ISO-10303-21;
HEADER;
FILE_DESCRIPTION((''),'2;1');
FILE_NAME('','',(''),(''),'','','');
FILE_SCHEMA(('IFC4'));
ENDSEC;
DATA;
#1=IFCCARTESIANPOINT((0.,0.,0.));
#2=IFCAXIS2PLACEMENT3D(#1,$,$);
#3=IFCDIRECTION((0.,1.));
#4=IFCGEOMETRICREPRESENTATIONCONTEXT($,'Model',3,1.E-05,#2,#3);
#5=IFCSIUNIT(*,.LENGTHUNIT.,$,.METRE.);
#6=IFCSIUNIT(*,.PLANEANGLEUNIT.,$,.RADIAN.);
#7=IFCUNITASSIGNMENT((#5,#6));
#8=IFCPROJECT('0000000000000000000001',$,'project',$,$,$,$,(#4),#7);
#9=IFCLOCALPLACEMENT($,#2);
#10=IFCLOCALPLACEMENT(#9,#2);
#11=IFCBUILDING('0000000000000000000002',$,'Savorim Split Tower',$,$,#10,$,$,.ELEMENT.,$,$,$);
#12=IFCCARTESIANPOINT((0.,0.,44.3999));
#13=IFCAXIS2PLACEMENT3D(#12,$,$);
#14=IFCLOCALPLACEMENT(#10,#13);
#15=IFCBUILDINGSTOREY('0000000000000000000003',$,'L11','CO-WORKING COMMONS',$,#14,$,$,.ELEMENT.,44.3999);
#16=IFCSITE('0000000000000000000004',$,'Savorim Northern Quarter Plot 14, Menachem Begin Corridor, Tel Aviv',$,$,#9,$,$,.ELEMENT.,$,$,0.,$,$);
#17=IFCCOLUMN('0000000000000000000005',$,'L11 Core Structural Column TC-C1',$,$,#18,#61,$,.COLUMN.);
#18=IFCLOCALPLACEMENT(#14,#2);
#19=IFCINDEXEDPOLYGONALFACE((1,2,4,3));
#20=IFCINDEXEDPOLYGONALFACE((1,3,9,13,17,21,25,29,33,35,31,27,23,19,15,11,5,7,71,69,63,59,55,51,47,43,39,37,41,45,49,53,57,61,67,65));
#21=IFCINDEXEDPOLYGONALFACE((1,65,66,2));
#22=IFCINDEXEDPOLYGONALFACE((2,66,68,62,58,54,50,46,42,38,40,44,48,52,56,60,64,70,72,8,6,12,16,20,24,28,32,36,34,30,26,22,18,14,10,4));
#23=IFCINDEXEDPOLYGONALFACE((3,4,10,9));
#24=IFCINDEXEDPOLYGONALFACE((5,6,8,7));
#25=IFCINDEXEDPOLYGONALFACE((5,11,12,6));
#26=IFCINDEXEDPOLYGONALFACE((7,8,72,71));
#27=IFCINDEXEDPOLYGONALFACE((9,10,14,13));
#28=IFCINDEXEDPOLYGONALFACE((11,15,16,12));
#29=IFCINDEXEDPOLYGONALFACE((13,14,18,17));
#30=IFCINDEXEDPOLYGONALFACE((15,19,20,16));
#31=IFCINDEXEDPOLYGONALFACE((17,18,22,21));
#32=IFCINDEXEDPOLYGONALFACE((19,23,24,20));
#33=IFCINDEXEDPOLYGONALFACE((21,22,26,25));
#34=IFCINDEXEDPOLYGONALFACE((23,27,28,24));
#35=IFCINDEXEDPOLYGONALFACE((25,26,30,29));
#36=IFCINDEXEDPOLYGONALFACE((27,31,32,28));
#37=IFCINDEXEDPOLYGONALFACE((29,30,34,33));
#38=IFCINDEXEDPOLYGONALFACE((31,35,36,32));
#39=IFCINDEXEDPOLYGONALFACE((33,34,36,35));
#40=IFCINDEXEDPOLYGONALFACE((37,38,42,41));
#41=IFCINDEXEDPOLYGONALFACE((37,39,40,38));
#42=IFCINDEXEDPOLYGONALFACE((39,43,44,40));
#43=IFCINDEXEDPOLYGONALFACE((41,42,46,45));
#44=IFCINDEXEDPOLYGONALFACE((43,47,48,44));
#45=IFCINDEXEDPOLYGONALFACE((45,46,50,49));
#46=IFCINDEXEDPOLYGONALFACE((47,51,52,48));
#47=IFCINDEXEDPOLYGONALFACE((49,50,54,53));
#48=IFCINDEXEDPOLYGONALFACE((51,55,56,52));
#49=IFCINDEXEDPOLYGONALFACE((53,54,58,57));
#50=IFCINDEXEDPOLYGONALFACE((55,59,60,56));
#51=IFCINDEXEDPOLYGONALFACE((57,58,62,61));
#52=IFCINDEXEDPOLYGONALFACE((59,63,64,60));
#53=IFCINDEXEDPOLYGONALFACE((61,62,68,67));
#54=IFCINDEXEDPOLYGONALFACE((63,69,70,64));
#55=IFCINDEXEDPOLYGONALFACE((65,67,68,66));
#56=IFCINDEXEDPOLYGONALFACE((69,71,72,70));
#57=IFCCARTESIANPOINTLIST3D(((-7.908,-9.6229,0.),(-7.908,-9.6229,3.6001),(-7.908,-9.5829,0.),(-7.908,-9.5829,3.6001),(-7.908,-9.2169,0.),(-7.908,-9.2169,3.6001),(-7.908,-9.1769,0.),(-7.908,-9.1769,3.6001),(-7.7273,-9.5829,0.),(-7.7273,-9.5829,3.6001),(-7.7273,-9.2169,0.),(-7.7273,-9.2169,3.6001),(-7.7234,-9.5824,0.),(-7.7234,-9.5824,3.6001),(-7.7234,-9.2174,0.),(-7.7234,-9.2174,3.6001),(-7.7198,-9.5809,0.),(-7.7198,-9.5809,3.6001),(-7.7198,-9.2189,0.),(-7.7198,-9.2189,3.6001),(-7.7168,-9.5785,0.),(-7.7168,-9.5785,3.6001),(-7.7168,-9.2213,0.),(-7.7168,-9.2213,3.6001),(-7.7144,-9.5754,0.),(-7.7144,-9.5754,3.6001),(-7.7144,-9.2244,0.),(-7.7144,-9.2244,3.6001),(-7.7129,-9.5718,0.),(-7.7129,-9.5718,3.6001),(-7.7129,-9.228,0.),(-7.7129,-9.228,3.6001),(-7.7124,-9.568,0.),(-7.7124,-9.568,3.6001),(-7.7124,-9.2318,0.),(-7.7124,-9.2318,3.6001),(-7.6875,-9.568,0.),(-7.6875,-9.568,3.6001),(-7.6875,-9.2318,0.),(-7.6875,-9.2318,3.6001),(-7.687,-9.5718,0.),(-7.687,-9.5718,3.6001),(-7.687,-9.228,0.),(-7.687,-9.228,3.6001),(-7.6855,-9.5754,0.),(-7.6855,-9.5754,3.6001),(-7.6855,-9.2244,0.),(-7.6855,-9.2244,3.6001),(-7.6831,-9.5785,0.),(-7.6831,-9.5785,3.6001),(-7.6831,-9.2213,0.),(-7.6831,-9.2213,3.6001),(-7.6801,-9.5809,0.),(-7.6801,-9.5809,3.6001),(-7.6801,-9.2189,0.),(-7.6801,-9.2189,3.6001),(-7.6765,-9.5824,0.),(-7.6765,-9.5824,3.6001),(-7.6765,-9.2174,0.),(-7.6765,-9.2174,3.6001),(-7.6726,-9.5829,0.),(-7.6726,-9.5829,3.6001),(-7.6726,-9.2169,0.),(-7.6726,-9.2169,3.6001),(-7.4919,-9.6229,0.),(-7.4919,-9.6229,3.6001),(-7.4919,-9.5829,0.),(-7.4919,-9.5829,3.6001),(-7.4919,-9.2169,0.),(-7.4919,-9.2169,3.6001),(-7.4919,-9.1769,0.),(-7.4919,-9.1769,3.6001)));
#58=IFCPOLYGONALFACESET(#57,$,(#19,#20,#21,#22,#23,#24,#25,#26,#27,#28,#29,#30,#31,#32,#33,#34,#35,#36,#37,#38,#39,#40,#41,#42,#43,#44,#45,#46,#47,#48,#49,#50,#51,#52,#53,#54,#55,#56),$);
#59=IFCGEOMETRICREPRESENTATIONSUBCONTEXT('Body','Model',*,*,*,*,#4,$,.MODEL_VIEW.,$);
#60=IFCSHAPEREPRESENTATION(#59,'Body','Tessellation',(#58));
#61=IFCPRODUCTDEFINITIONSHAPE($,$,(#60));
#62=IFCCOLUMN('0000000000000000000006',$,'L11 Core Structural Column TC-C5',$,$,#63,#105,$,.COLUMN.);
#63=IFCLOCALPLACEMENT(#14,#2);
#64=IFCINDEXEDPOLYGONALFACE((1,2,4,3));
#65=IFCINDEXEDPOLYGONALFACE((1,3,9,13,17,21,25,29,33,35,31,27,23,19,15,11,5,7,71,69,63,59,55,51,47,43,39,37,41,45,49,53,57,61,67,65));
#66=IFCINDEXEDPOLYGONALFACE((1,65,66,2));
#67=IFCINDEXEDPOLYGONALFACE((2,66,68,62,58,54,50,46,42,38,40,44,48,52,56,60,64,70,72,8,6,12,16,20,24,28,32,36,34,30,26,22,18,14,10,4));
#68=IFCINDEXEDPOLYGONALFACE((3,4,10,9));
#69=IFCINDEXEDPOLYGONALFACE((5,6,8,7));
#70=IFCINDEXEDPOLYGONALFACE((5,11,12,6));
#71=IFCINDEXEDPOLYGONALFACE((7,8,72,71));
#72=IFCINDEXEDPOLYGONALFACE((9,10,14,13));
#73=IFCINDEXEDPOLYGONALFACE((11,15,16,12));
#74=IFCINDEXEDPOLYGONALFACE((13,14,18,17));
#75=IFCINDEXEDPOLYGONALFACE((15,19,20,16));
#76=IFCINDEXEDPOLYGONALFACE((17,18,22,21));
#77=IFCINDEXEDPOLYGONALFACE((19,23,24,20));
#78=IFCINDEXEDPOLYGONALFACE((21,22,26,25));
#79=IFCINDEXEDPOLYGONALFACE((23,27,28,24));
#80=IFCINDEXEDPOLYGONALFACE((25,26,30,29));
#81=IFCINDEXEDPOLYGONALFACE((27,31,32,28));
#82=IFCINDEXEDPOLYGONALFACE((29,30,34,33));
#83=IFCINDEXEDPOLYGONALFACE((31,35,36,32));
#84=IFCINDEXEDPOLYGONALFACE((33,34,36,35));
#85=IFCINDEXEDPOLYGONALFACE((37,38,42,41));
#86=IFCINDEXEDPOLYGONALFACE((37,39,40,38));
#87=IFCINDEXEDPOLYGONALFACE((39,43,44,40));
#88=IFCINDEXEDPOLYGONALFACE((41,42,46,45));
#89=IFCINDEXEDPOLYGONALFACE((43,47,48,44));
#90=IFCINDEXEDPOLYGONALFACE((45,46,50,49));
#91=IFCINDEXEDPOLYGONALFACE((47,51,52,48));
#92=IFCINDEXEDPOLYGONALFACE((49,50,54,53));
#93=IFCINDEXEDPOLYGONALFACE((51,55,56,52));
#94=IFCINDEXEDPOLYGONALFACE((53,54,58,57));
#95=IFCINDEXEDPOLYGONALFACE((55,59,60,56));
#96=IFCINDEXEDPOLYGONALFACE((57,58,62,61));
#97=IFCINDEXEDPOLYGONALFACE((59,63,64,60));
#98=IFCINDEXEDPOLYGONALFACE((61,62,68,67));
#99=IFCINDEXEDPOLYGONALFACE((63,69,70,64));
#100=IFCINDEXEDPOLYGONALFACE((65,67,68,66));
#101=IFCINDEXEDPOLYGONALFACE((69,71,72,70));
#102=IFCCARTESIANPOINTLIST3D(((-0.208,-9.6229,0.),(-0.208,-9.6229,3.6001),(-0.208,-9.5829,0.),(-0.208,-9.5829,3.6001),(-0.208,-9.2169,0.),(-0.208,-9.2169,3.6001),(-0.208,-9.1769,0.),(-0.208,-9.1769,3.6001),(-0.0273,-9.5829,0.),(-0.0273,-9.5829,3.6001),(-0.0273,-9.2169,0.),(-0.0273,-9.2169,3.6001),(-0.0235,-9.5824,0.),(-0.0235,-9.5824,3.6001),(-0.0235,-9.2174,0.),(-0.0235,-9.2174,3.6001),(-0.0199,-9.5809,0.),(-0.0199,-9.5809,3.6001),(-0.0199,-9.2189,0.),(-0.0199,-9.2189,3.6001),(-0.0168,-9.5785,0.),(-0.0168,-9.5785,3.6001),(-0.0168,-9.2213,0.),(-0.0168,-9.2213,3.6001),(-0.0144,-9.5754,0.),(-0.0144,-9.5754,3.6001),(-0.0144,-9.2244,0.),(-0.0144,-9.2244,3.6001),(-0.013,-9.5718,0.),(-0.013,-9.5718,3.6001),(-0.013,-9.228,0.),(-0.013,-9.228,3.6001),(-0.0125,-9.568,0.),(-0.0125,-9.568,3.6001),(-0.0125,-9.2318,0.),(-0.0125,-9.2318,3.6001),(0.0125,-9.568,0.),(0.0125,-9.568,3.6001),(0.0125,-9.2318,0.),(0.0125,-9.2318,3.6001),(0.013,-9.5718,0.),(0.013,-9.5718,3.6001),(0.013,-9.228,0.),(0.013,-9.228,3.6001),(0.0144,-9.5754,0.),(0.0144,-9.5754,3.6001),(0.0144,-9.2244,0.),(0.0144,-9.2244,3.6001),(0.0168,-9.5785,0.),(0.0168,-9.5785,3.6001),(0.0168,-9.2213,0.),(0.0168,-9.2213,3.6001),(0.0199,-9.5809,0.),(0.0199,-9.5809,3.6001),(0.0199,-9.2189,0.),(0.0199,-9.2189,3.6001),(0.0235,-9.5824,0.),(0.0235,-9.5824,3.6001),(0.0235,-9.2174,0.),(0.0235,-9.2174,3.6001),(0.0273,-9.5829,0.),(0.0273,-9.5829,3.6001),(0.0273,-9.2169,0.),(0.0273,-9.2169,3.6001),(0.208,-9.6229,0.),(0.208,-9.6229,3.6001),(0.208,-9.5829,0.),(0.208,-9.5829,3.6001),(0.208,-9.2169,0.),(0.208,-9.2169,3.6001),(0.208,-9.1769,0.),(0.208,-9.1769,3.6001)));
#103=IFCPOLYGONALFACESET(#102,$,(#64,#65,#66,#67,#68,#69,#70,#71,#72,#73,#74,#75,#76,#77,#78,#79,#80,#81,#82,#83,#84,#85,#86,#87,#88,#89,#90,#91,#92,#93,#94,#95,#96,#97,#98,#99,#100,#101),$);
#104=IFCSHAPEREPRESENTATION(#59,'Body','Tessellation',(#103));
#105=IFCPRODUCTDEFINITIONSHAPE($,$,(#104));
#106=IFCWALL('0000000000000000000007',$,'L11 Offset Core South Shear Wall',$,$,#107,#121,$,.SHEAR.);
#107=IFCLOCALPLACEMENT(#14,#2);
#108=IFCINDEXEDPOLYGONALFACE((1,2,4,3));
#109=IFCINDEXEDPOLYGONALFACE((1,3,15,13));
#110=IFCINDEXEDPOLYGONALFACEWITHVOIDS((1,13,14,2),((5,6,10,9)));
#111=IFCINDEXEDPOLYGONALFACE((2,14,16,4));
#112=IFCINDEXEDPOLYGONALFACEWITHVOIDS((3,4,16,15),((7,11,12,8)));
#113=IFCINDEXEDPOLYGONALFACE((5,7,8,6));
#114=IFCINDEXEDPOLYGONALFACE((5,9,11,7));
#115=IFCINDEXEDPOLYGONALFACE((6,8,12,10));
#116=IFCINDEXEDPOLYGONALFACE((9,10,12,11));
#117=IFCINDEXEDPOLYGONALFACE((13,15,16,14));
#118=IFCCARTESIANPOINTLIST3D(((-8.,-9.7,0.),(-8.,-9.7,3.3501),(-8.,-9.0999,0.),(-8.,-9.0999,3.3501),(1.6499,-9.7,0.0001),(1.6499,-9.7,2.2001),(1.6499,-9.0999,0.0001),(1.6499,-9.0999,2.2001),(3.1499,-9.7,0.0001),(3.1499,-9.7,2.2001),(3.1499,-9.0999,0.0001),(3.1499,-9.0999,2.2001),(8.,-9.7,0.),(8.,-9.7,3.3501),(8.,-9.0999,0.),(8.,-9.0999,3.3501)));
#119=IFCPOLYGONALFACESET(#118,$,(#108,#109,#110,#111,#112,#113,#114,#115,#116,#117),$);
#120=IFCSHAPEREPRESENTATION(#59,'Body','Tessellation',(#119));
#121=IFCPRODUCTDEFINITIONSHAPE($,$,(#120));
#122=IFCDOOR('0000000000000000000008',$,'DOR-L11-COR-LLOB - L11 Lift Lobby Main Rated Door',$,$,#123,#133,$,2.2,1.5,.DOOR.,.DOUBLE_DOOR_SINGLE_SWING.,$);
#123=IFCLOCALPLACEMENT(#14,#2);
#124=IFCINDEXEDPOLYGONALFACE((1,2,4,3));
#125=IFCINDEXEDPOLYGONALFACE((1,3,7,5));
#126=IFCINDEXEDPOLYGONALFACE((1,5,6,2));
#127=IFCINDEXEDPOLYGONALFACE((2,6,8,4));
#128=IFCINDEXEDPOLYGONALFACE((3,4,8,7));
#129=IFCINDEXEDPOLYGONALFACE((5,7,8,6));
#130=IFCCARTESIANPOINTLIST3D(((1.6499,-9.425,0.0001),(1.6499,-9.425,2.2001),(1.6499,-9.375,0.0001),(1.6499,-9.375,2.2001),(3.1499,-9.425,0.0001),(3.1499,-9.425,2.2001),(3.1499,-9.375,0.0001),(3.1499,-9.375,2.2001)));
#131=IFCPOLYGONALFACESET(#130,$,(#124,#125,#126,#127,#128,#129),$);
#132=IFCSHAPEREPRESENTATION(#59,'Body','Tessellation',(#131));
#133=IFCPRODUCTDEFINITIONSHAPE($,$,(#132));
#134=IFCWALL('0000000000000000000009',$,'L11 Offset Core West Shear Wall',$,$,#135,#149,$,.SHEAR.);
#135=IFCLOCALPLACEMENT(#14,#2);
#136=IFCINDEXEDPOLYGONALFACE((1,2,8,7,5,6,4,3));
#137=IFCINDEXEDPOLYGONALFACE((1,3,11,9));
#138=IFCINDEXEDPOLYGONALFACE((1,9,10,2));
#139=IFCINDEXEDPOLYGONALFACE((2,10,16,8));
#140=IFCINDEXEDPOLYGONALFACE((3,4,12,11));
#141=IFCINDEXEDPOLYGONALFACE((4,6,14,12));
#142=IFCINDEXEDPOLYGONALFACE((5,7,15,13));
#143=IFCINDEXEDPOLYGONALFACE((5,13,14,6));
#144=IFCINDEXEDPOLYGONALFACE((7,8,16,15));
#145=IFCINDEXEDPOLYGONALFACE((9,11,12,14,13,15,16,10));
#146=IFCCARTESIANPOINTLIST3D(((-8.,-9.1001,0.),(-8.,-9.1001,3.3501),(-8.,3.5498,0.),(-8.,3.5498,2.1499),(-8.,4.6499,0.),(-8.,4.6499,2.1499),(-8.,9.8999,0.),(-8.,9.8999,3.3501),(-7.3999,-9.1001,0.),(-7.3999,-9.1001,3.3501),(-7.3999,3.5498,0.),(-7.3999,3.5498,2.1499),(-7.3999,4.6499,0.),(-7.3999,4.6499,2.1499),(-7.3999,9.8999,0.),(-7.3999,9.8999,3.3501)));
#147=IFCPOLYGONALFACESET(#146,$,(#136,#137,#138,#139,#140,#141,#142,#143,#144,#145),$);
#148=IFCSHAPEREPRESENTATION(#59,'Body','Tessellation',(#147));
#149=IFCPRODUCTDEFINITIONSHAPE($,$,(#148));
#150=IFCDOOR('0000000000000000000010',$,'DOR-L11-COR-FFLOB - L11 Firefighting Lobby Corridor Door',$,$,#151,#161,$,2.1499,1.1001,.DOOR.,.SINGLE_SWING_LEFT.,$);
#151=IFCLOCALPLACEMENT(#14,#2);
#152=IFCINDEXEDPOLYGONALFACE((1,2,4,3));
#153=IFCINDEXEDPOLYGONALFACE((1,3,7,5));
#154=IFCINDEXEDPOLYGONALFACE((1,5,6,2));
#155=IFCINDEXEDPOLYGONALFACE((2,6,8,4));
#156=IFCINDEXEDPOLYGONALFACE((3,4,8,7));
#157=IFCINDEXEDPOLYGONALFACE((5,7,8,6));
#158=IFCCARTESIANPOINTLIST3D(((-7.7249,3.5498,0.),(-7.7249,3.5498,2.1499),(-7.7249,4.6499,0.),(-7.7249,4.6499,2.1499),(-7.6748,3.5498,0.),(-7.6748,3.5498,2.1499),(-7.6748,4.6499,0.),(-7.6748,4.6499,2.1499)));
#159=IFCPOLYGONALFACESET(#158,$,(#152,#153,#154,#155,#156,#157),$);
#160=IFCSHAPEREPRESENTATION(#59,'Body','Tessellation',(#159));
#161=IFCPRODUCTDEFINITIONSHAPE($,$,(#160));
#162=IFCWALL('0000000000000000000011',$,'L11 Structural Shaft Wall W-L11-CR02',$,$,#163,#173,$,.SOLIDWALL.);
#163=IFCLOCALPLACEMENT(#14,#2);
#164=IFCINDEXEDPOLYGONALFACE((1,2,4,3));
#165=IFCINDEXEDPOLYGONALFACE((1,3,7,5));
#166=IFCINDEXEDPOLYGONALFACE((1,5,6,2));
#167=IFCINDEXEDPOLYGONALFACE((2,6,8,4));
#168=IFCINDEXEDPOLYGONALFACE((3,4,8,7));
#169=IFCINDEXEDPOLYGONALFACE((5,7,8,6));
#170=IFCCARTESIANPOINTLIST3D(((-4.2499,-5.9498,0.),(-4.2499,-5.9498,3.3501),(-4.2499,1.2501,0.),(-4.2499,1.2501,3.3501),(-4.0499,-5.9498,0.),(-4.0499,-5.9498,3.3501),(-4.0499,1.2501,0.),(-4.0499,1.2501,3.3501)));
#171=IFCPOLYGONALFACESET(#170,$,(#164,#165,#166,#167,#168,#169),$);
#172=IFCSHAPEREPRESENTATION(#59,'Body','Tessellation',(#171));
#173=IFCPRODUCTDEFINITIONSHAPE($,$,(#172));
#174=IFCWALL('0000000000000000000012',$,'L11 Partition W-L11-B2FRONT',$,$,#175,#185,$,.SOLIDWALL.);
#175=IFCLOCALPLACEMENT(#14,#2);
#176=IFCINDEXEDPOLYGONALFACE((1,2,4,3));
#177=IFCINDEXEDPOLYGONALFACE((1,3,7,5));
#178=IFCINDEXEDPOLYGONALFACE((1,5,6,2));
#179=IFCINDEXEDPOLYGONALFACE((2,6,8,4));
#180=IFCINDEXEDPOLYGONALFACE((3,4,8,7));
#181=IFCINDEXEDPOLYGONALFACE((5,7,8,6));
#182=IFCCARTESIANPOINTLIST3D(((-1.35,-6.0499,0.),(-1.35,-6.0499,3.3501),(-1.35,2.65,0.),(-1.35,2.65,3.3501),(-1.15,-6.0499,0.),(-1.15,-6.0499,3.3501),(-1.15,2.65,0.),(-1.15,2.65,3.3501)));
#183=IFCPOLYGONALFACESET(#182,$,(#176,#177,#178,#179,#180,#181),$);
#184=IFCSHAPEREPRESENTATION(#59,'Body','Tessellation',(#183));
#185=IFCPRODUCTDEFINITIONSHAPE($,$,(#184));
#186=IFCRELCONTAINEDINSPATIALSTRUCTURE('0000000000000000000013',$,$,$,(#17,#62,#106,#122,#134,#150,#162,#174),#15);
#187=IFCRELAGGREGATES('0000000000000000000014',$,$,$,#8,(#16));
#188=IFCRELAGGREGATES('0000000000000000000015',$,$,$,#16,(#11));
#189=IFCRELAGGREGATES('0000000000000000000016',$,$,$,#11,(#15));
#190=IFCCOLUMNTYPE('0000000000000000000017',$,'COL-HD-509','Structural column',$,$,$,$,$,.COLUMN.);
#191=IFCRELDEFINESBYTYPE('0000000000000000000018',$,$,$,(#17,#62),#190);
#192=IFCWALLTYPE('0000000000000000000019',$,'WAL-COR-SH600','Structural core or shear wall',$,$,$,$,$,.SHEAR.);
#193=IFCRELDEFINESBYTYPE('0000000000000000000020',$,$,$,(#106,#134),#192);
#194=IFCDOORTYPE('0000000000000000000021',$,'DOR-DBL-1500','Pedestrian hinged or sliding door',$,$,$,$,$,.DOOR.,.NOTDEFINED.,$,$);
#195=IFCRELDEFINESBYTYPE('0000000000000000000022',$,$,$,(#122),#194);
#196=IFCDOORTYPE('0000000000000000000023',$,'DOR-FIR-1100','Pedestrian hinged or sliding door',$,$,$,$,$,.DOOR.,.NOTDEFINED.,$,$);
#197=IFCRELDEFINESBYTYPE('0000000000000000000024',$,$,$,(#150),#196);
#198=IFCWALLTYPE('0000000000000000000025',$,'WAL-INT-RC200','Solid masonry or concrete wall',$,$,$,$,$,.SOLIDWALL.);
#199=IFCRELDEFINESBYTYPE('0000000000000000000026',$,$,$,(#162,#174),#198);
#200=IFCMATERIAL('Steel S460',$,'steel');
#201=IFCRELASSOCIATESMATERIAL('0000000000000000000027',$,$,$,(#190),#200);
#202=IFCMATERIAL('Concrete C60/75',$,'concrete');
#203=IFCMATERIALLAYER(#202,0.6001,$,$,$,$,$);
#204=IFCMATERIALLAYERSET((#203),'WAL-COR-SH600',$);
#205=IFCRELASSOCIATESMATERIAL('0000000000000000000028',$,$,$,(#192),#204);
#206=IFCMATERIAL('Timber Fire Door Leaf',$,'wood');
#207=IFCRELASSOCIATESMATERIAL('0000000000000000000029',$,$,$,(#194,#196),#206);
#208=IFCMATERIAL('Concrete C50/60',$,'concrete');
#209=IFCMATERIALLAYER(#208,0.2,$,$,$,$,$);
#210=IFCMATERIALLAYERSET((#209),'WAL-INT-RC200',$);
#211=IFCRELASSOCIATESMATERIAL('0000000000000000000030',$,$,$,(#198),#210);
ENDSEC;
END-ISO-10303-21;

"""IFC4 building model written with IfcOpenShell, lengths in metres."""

from ifc_helpers import new_model, si_unit, direction, frame, frame_2d, origin, origin_2d, place, context, subcontext, project, spatial, rectangle, i_section, extrude, material, layer, layer_set, material_profile, profile_set, type_object, element, fill, save


model = new_model("IFC4")

# Units and contexts
model_context = context("Model", 3, precision=1e-05, world=origin(), true_north=direction((0.0, 1.0)))
body_context = subcontext(model_context, "Body", "Model", "MODEL_VIEW")
ifc_project = project(units=[si_unit("LENGTHUNIT", "METRE"), si_unit("PLANEANGLEUNIT", "RADIAN")], contexts=[model_context])

# Site, building, storey
site_placement = place(None, origin())
site = spatial("IfcSite", under=ifc_project, at=site_placement, Name="Savorim Northern Quarter Plot 14, Menachem Begin Corridor, Tel Aviv", CompositionType="ELEMENT", RefElevation=0.0)
building_placement = place(site_placement, origin())
building = spatial("IfcBuilding", under=site, at=building_placement, Name="Savorim Split Tower", CompositionType="ELEMENT")
storey_placement = place(building_placement, frame((0.0, 0.0, 44.3999)))
storey = spatial("IfcBuildingStorey", under=building, at=storey_placement, Name="L11", Description="CO-WORKING COMMONS", CompositionType="ELEMENT", Elevation=44.3999)

# Columns
ifc_material_1 = material(Name="Steel S460", Category="steel")
ifc_material_profile = material_profile(ifc_material_1, i_section(OverallWidth=0.416, OverallDepth=0.446, WebThickness=0.0249, FlangeThickness=0.04, FilletRadius=0.0149, at=origin_2d()), Name="HD 400x509")
ifc_profile_set = profile_set([ifc_material_profile], Name="Steel S460")
column_type = type_object("IfcColumnType", Name="COL-HD-509", Description="Structural column", PredefinedType="COLUMN", material=ifc_profile_set)
for number, where, z_axis, x_axis, name in (
    (1, (-7.7, -9.3999, 0.0), (0.0, 0.0, 1.0), (1.0, 0.0, 0.0), "L11 Core Structural Column TC-C1"),
    (2, (0.0, -9.3999, 0.0), (0.0, 0.0, 1.0), (1.0, 0.0, 0.0), "L11 Core Structural Column TC-C5"),
):
    element("IfcColumn", number, at=place(storey_placement, frame(where, z_axis=z_axis, x_axis=x_axis)), inside=storey, type_object=column_type, Name=name, PredefinedType="COLUMN", context=body_context, shape_type="SweptSolid", body=[
        extrude(i_section(OverallWidth=0.416, OverallDepth=0.446, WebThickness=0.0249, FlangeThickness=0.04, FilletRadius=0.0149, at=origin_2d()), origin(), (0.0, 0.0, 1.0), 3.6001),
    ])

# Walls, openings, doors
ifc_material_2 = material(Name="Concrete C60/75", Category="concrete")
ifc_layer_1 = layer(ifc_material_2, 0.6001)
ifc_layer_set_1 = layer_set([ifc_layer_1], Name="WAL-COR-SH600")
wall_type_1 = type_object("IfcWallType", Name="WAL-COR-SH600", Description="Structural core or shear wall", PredefinedType="SHEAR", material=ifc_layer_set_1)
wall_1_placement = place(storey_placement, frame((-8.0, -9.3999, 0.0), z_axis=(0.0, 0.0, 1.0), x_axis=(1.0, 0.0, 0.0)))
wall_1 = element("IfcWall", 3, at=wall_1_placement, inside=storey, type_object=wall_type_1, Name="L11 Offset Core South Shear Wall", PredefinedType="SHEAR", context=body_context, shape_type="SweptSolid", body=[
    extrude(rectangle(XDim=16.0, YDim=0.6001, at=frame_2d((8.0, 0.0))), origin(), (0.0, 0.0, 1.0), 3.3501),
])
opening_1_placement = place(wall_1_placement, frame((9.6499, 0.0, 0.0)))
opening_1 = element("IfcOpeningElement", 4, at=opening_1_placement, cuts=wall_1, PredefinedType="OPENING", context=body_context, shape_type="SweptSolid", body=[
    extrude(rectangle(XDim=1.5, YDim=2.2, at=frame_2d((0.75, 1.1001))), frame((0.0, 0.3101, 0.0), z_axis=(0.0, -1.0, 0.0), x_axis=(1.0, 0.0, 0.0)), (0.0, 0.0, 1.0), 0.6201),
])
ifc_material_3 = material(Name="Timber Fire Door Leaf", Category="wood")
door_type_1 = type_object("IfcDoorType", Name="DOR-DBL-1500", Description="Pedestrian hinged or sliding door", OperationType="NOTDEFINED", PredefinedType="DOOR", material=ifc_material_3)
door_1_placement = place(opening_1_placement, origin())
door_1 = element("IfcDoor", 5, at=door_1_placement, inside=storey, type_object=door_type_1, Name="DOR-L11-COR-LLOB - L11 Lift Lobby Main Rated Door", OperationType="DOUBLE_DOOR_SINGLE_SWING", OverallHeight=2.2, OverallWidth=1.5, PredefinedType="DOOR", context=body_context, shape_type="SweptSolid", body=[
    extrude(rectangle(XDim=1.5, YDim=2.2, at=frame_2d((0.75, 1.1001))), frame((0.0, 0.0249, 0.0), z_axis=(0.0, -1.0, 0.0), x_axis=(1.0, 0.0, 0.0)), (0.0, 0.0, 1.0), 0.05),
])
fill(opening_1, door_1)
wall_2_placement = place(storey_placement, frame((-7.7, -9.1001, 0.0), z_axis=(0.0, 0.0, 1.0), x_axis=(0.0, 1.0, 0.0)))
wall_2 = element("IfcWall", 6, at=wall_2_placement, inside=storey, type_object=wall_type_1, Name="L11 Offset Core West Shear Wall", PredefinedType="SHEAR", context=body_context, shape_type="SweptSolid", body=[
    extrude(rectangle(XDim=19.0, YDim=0.6001, at=frame_2d((9.5, 0.0))), origin(), (0.0, 0.0, 1.0), 3.3501),
])
opening_2_placement = place(wall_2_placement, frame((12.6499, 0.0, 0.0)))
opening_2 = element("IfcOpeningElement", 7, at=opening_2_placement, cuts=wall_2, PredefinedType="OPENING", context=body_context, shape_type="SweptSolid", body=[
    extrude(rectangle(XDim=1.1001, YDim=2.1499, at=frame_2d((0.55, 1.075))), frame((0.0, 0.3101, 0.0), z_axis=(0.0, -1.0, 0.0), x_axis=(1.0, 0.0, 0.0)), (0.0, 0.0, 1.0), 0.6201),
])
door_type_2 = type_object("IfcDoorType", Name="DOR-FIR-1100", Description="Pedestrian hinged or sliding door", OperationType="NOTDEFINED", PredefinedType="DOOR", material=ifc_material_3)
door_2_placement = place(opening_2_placement, origin())
door_2 = element("IfcDoor", 8, at=door_2_placement, inside=storey, type_object=door_type_2, Name="DOR-L11-COR-FFLOB - L11 Firefighting Lobby Corridor Door", OperationType="SINGLE_SWING_LEFT", OverallHeight=2.1499, OverallWidth=1.1001, PredefinedType="DOOR", context=body_context, shape_type="SweptSolid", body=[
    extrude(rectangle(XDim=1.1001, YDim=2.1499, at=frame_2d((0.55, 1.075))), frame((0.0, 0.0249, 0.0), z_axis=(0.0, -1.0, 0.0), x_axis=(1.0, 0.0, 0.0)), (0.0, 0.0, 1.0), 0.05),
])
fill(opening_2, door_2)

# Walls
ifc_material_4 = material(Name="Concrete C50/60", Category="concrete")
ifc_layer_2 = layer(ifc_material_4, 0.2)
ifc_layer_set_2 = layer_set([ifc_layer_2], Name="WAL-INT-RC200")
wall_type_2 = type_object("IfcWallType", Name="WAL-INT-RC200", Description="Solid masonry or concrete wall", PredefinedType="SOLIDWALL", material=ifc_layer_set_2)
wall_3_placement = place(storey_placement, frame((-4.1499, -5.95, 0.0), z_axis=(0.0, 0.0, 1.0), x_axis=(0.0, 1.0, 0.0)))
element("IfcWall", 9, at=wall_3_placement, inside=storey, type_object=wall_type_2, Name="L11 Structural Shaft Wall W-L11-CR02", PredefinedType="SOLIDWALL", context=body_context, shape_type="SweptSolid", body=[
    extrude(rectangle(XDim=7.2, YDim=0.2, at=frame_2d((3.6001, 0.0))), origin(), (0.0, 0.0, 1.0), 3.3501),
])
wall_4_placement = place(storey_placement, frame((-1.25, -6.05, 0.0), z_axis=(0.0, 0.0, 1.0), x_axis=(0.0, 1.0, 0.0)))
element("IfcWall", 10, at=wall_4_placement, inside=storey, type_object=wall_type_2, Name="L11 Partition W-L11-B2FRONT", PredefinedType="SOLIDWALL", context=body_context, shape_type="SweptSolid", body=[
    extrude(rectangle(XDim=8.7, YDim=0.2, at=frame_2d((4.3501, 0.0))), origin(), (0.0, 0.0, 1.0), 3.3501),
])

save(model, "model.ifc")
